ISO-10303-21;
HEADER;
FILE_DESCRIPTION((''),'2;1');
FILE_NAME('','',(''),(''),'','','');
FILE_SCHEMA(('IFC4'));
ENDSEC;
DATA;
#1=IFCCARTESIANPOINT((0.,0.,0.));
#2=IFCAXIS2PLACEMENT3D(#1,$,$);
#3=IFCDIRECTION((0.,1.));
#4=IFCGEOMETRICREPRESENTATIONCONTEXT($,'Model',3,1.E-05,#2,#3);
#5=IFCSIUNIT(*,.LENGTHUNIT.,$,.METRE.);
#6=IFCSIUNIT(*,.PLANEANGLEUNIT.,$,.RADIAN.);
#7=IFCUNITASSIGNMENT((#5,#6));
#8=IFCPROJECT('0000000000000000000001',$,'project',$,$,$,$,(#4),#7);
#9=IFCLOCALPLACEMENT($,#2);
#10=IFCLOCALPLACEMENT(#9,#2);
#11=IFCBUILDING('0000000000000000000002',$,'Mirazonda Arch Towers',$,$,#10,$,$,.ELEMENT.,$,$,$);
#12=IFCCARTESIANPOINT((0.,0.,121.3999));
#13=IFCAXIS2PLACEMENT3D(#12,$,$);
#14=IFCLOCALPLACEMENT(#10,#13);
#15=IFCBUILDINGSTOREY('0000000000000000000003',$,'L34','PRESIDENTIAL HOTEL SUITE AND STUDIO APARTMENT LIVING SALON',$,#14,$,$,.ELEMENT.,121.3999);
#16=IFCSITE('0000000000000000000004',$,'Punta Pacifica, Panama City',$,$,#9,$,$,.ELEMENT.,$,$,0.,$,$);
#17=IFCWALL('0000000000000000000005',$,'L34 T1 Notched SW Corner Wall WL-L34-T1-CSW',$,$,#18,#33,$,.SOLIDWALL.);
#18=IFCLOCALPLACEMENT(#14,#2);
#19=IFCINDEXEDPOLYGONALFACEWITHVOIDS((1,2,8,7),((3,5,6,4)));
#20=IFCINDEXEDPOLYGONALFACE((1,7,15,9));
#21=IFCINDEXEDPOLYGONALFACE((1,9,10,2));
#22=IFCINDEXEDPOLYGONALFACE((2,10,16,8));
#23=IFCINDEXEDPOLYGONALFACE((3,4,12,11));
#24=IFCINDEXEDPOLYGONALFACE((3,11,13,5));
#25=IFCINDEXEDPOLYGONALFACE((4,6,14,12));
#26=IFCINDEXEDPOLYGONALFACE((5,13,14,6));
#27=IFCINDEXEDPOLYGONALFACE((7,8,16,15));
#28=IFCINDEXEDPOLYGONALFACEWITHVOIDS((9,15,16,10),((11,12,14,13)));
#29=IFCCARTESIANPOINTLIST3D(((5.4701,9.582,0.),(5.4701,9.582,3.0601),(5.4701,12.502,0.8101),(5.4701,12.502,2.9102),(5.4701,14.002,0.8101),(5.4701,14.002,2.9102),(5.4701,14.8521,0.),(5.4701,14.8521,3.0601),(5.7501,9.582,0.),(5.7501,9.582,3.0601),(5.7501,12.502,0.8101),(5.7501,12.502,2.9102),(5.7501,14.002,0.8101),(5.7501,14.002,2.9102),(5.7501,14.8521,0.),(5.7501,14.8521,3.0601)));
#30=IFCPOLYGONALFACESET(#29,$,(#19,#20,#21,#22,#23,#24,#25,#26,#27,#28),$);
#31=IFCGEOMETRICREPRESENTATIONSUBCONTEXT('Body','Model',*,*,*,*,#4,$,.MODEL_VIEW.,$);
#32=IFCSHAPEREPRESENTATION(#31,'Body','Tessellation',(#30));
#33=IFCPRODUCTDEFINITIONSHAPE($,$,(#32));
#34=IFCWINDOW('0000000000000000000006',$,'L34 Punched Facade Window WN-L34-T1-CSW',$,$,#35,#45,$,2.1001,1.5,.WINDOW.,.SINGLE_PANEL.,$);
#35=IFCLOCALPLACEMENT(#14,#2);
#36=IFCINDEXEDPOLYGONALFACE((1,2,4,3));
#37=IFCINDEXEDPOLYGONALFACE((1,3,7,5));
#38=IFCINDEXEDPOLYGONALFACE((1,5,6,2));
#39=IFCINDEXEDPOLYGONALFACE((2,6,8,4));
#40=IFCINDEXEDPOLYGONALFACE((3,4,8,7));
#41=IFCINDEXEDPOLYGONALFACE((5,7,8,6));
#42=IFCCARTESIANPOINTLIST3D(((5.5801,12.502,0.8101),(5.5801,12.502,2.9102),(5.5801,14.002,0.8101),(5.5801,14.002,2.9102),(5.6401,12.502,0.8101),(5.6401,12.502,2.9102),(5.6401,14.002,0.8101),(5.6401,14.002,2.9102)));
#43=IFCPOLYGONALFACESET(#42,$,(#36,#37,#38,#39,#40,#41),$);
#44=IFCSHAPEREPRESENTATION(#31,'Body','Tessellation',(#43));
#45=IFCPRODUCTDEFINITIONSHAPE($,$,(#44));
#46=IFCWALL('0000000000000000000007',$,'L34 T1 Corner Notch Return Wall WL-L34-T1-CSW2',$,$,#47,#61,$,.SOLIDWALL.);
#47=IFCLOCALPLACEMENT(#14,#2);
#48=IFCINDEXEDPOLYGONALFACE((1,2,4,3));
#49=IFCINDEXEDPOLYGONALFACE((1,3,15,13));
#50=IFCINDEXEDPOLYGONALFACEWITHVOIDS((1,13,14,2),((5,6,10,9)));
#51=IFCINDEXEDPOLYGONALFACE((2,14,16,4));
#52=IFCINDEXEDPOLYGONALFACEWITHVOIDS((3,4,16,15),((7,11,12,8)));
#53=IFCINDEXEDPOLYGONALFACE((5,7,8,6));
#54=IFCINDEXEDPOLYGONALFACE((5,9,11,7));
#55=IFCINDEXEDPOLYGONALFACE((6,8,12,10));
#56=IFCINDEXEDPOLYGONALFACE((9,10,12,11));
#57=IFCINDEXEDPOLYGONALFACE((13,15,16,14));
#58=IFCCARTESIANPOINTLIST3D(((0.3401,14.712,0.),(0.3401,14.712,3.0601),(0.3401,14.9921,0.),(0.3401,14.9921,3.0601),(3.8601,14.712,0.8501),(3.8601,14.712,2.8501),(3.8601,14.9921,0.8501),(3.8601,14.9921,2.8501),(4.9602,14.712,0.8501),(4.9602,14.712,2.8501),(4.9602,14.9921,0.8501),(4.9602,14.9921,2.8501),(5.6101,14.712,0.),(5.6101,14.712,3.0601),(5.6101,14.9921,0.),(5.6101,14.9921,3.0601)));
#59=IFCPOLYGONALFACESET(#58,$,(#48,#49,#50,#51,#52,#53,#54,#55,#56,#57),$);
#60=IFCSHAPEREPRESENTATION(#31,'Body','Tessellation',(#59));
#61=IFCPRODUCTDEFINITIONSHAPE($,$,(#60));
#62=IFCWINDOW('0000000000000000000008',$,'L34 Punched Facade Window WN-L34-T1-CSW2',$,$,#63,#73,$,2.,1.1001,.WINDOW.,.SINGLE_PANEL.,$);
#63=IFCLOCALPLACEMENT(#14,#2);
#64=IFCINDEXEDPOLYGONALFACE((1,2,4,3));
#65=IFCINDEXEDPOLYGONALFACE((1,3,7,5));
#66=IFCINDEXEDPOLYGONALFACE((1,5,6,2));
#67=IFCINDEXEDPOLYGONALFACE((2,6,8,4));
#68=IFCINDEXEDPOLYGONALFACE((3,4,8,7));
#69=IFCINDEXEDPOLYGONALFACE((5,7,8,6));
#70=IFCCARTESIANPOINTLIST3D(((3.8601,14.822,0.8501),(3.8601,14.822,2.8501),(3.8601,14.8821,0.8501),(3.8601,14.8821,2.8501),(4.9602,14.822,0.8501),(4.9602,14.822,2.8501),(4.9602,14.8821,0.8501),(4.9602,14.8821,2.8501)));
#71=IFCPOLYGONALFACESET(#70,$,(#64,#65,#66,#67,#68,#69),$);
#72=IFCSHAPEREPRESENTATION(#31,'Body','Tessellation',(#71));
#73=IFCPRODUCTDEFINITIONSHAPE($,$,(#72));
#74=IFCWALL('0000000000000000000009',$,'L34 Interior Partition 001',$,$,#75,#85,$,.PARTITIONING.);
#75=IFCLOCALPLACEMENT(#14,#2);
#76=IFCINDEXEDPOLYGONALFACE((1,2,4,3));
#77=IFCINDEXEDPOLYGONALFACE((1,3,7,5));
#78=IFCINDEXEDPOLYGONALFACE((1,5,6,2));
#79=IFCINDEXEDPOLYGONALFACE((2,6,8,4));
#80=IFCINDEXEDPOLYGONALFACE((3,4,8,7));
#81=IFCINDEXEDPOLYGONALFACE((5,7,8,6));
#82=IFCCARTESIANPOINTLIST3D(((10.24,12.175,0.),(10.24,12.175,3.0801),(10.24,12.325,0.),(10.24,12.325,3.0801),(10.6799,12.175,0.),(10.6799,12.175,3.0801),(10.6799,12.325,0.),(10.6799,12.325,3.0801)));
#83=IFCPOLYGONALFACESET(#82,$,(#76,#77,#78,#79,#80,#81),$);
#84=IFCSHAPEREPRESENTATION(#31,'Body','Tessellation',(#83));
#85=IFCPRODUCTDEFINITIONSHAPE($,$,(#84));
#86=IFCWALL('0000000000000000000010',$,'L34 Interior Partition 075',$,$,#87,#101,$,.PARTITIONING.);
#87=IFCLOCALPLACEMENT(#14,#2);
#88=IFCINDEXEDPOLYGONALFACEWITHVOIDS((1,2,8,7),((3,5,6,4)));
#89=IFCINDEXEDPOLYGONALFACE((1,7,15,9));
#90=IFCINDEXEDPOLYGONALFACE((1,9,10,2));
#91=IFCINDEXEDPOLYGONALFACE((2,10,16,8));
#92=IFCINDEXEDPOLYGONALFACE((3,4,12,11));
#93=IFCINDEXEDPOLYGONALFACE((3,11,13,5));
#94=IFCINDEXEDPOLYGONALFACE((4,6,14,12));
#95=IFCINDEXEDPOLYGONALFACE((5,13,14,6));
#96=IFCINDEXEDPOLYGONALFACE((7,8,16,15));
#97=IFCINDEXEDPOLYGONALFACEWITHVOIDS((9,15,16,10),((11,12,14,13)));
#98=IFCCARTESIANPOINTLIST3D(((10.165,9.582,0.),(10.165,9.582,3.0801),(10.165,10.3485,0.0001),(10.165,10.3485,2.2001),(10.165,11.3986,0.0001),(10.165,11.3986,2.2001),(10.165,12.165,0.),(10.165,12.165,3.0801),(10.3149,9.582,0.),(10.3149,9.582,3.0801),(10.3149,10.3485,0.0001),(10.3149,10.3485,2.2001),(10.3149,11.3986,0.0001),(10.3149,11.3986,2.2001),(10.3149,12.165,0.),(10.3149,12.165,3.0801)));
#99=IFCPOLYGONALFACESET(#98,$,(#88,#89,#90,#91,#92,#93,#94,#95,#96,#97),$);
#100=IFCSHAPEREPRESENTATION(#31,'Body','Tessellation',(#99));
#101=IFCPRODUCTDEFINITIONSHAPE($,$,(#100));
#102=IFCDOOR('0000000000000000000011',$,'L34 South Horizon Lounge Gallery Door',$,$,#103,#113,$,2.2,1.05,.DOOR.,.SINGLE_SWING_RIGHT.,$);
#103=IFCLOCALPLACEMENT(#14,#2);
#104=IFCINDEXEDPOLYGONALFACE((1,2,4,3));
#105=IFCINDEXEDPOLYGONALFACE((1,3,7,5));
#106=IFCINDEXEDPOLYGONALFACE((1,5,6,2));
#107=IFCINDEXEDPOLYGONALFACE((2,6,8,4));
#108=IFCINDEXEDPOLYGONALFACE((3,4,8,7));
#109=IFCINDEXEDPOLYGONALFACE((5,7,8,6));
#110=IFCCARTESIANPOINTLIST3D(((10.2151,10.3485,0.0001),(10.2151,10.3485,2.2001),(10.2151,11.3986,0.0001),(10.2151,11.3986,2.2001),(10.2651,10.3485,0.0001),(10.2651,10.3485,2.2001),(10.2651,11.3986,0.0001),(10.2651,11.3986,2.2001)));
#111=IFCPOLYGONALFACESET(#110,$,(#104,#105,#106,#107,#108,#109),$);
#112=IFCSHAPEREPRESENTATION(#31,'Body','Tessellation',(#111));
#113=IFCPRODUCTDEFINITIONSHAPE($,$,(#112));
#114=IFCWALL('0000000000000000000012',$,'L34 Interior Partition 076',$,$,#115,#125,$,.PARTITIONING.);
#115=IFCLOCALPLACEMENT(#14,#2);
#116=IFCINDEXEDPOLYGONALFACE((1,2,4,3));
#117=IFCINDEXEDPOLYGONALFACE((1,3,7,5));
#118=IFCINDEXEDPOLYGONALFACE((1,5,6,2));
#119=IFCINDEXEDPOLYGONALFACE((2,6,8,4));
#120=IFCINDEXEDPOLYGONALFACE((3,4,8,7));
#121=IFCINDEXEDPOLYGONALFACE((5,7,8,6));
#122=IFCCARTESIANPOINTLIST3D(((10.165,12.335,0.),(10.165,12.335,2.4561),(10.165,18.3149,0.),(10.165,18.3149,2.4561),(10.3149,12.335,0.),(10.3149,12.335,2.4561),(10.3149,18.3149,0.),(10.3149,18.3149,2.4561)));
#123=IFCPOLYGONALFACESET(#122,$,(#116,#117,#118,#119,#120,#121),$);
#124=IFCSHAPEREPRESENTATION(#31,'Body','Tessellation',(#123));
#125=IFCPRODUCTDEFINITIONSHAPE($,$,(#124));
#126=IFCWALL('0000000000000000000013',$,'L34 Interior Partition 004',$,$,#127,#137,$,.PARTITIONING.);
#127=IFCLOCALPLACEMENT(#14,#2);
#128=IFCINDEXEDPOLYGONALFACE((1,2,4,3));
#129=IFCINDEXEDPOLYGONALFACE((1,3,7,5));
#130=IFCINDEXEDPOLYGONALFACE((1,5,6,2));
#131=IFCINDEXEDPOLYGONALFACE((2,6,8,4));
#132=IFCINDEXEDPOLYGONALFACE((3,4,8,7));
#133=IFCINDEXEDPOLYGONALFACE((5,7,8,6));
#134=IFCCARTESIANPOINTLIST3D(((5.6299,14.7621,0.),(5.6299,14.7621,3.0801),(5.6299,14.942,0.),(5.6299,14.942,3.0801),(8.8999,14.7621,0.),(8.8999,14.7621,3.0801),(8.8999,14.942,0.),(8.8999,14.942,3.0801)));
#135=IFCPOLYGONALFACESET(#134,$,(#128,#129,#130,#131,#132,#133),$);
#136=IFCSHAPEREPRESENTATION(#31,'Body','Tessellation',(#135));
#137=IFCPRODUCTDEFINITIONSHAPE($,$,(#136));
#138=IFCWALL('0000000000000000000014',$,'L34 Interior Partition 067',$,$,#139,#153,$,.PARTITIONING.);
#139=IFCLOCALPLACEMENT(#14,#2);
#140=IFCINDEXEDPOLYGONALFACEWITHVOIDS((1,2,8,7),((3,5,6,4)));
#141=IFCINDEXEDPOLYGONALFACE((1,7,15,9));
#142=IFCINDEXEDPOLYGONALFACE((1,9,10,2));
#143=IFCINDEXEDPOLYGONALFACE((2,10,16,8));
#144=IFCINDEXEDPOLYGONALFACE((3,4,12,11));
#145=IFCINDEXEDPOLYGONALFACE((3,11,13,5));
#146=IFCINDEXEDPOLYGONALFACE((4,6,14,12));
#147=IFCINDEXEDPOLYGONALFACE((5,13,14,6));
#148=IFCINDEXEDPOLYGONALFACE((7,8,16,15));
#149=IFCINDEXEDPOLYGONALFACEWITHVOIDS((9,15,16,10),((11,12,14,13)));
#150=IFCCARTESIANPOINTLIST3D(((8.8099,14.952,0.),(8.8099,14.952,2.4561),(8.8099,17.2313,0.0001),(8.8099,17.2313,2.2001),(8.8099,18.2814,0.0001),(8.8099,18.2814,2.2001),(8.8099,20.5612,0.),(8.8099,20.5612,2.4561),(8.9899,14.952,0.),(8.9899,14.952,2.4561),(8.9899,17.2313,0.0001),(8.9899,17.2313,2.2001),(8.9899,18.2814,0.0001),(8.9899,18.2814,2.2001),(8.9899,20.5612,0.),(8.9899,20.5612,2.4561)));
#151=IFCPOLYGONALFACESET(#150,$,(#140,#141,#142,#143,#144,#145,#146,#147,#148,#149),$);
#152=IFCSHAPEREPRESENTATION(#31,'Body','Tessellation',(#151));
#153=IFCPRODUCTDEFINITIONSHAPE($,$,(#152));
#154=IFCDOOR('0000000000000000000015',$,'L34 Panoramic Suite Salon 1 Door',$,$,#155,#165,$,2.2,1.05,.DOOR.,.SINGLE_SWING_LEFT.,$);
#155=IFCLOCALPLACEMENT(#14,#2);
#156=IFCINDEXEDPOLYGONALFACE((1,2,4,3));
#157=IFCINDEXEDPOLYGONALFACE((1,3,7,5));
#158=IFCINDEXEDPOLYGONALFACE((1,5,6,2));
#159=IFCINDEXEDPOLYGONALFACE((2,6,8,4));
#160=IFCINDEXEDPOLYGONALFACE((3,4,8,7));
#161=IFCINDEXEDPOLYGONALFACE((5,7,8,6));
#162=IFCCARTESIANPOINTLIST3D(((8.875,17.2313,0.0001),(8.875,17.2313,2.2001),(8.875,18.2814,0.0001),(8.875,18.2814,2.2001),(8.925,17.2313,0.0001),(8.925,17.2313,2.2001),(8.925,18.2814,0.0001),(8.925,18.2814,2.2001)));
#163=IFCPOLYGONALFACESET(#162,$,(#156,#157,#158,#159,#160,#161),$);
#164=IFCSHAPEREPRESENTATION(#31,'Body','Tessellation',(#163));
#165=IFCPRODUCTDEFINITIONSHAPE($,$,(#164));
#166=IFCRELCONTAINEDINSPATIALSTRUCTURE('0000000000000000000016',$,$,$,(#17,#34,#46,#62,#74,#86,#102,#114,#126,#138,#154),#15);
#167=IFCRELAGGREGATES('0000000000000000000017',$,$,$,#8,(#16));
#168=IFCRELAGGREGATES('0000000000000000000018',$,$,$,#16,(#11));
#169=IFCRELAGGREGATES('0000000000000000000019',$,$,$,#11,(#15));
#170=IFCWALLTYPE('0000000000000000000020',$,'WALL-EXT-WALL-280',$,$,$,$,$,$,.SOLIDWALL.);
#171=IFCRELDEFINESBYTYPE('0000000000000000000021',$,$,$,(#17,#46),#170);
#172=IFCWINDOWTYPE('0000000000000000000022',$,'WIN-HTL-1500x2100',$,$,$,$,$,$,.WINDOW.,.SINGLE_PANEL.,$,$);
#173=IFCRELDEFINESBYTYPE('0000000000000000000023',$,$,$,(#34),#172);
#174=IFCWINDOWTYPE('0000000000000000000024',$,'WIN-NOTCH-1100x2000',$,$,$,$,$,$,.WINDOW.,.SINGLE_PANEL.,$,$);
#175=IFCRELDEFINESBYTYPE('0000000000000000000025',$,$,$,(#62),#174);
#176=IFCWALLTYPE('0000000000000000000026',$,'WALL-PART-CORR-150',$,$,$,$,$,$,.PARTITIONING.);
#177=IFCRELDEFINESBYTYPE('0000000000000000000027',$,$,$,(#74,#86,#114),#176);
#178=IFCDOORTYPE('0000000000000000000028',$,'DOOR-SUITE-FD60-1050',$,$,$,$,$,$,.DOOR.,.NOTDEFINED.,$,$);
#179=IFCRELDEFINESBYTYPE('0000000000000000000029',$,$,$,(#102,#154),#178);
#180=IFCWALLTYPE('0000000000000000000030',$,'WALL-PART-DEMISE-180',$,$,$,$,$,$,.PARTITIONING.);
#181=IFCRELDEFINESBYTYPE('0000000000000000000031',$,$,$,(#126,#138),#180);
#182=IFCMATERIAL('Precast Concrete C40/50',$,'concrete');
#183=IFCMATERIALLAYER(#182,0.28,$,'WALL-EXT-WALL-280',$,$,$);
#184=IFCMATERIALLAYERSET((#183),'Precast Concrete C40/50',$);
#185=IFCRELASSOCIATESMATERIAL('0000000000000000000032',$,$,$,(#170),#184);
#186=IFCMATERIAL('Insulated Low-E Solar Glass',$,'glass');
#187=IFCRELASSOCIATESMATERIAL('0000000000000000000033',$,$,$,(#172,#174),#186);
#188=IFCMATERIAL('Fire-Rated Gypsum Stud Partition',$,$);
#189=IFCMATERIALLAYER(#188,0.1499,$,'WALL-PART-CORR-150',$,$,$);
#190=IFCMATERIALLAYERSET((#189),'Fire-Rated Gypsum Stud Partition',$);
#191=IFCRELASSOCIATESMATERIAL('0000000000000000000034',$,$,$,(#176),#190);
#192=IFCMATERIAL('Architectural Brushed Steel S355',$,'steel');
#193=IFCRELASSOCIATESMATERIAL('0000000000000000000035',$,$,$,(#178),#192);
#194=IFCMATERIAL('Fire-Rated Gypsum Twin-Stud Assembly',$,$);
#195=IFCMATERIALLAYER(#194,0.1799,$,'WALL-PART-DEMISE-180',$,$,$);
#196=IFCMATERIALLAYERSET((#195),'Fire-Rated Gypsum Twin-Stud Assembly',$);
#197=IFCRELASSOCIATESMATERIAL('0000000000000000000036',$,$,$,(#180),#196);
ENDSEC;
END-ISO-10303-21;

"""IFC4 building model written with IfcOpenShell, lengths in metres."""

from ifc_helpers import new_model, si_unit, direction, frame, frame_2d, origin, place, context, subcontext, project, spatial, rectangle, extrude, material, layer, layer_set, type_object, element, fill, save


model = new_model("IFC4")

# Units and contexts
model_context = context("Model", 3, precision=1e-05, world=origin(), true_north=direction((0.0, 1.0)))
body_context = subcontext(model_context, "Body", "Model", "MODEL_VIEW")
ifc_project = project(units=[si_unit("LENGTHUNIT", "METRE"), si_unit("PLANEANGLEUNIT", "RADIAN")], contexts=[model_context])

# Site, building, storey
site_placement = place(None, origin())
site = spatial("IfcSite", under=ifc_project, at=site_placement, Name="Punta Pacifica, Panama City", CompositionType="ELEMENT", RefElevation=0.0)
building_placement = place(site_placement, origin())
building = spatial("IfcBuilding", under=site, at=building_placement, Name="Mirazonda Arch Towers", CompositionType="ELEMENT")
storey_placement = place(building_placement, frame((0.0, 0.0, 121.3999)))
storey = spatial("IfcBuildingStorey", under=building, at=storey_placement, Name="L34", Description="PRESIDENTIAL HOTEL SUITE AND STUDIO APARTMENT LIVING SALON", CompositionType="ELEMENT", Elevation=121.3999)

# Shared definitions
ifc_material_1 = material(Name="Insulated Low-E Solar Glass", Category="glass")

# Walls, openings, windows
ifc_material_2 = material(Name="Precast Concrete C40/50", Category="concrete")
ifc_layer_1 = layer(ifc_material_2, 0.28, Name="WALL-EXT-WALL-280")
ifc_layer_set_1 = layer_set([ifc_layer_1], Name="Precast Concrete C40/50")
wall_type_1 = type_object("IfcWallType", Name="WALL-EXT-WALL-280", PredefinedType="SOLIDWALL", material=ifc_layer_set_1)
wall_1_placement = place(storey_placement, frame((5.6101, 14.8521, 0.0), z_axis=(0.0, 0.0, 1.0), x_axis=(0.0, -1.0, 0.0)))
wall_1 = element("IfcWall", 1, at=wall_1_placement, inside=storey, type_object=wall_type_1, Name="L34 T1 Notched SW Corner Wall WL-L34-T1-CSW", PredefinedType="SOLIDWALL", context=body_context, shape_type="SweptSolid", body=[
    extrude(rectangle(XDim=5.27, YDim=0.28, at=frame_2d((2.635, 0.0))), origin(), (0.0, 0.0, 1.0), 3.0601),
])
opening_1_placement = place(wall_1_placement, frame((0.8501, 0.0, 0.8101)))
opening_1 = element("IfcOpeningElement", 2, at=opening_1_placement, cuts=wall_1, PredefinedType="OPENING", context=body_context, shape_type="SweptSolid", body=[
    extrude(rectangle(XDim=1.5, YDim=2.1001, at=frame_2d((0.75, 1.05))), frame((0.0, 0.1499, 0.0), z_axis=(0.0, -1.0, 0.0), x_axis=(1.0, 0.0, 0.0)), (0.0, 0.0, 1.0), 0.3),
])
window_type_1 = type_object("IfcWindowType", Name="WIN-HTL-1500x2100", PartitioningType="SINGLE_PANEL", PredefinedType="WINDOW", material=ifc_material_1)
window_1_placement = place(opening_1_placement, origin())
window_1 = element("IfcWindow", 3, at=window_1_placement, inside=storey, type_object=window_type_1, Name="L34 Punched Facade Window WN-L34-T1-CSW", OverallHeight=2.1001, OverallWidth=1.5, PartitioningType="SINGLE_PANEL", PredefinedType="WINDOW", context=body_context, shape_type="SweptSolid", body=[
    extrude(rectangle(XDim=1.5, YDim=2.1001, at=frame_2d((0.75, 1.05))), frame((0.0, 0.03, 0.0), z_axis=(0.0, -1.0, 0.0), x_axis=(1.0, 0.0, 0.0)), (0.0, 0.0, 1.0), 0.0601),
])
fill(opening_1, window_1)
wall_2_placement = place(storey_placement, frame((0.3401, 14.8521, 0.0), z_axis=(0.0, 0.0, 1.0), x_axis=(1.0, 0.0, 0.0)))
wall_2 = element("IfcWall", 4, at=wall_2_placement, inside=storey, type_object=wall_type_1, Name="L34 T1 Corner Notch Return Wall WL-L34-T1-CSW2", PredefinedType="SOLIDWALL", context=body_context, shape_type="SweptSolid", body=[
    extrude(rectangle(XDim=5.27, YDim=0.28, at=frame_2d((2.635, 0.0))), origin(), (0.0, 0.0, 1.0), 3.0601),
])
opening_2_placement = place(wall_2_placement, frame((3.52, 0.0, 0.8501)))
opening_2 = element("IfcOpeningElement", 5, at=opening_2_placement, cuts=wall_2, PredefinedType="OPENING", context=body_context, shape_type="SweptSolid", body=[
    extrude(rectangle(XDim=1.1001, YDim=2.0, at=frame_2d((0.55, 1.0))), frame((0.0, 0.1499, 0.0), z_axis=(0.0, -1.0, 0.0), x_axis=(1.0, 0.0, 0.0)), (0.0, 0.0, 1.0), 0.3),
])
window_type_2 = type_object("IfcWindowType", Name="WIN-NOTCH-1100x2000", PartitioningType="SINGLE_PANEL", PredefinedType="WINDOW", material=ifc_material_1)
window_2_placement = place(opening_2_placement, origin())
window_2 = element("IfcWindow", 6, at=window_2_placement, inside=storey, type_object=window_type_2, Name="L34 Punched Facade Window WN-L34-T1-CSW2", OverallHeight=2.0, OverallWidth=1.1001, PartitioningType="SINGLE_PANEL", PredefinedType="WINDOW", context=body_context, shape_type="SweptSolid", body=[
    extrude(rectangle(XDim=1.1001, YDim=2.0, at=frame_2d((0.55, 1.0))), frame((0.0, 0.03, 0.0), z_axis=(0.0, -1.0, 0.0), x_axis=(1.0, 0.0, 0.0)), (0.0, 0.0, 1.0), 0.0601),
])
fill(opening_2, window_2)

# Wall
ifc_material_3 = material(Name="Fire-Rated Gypsum Stud Partition")
ifc_layer_2 = layer(ifc_material_3, 0.1499, Name="WALL-PART-CORR-150")
ifc_layer_set_2 = layer_set([ifc_layer_2], Name="Fire-Rated Gypsum Stud Partition")
wall_type_2 = type_object("IfcWallType", Name="WALL-PART-CORR-150", PredefinedType="PARTITIONING", material=ifc_layer_set_2)
wall_3_placement = place(storey_placement, frame((10.24, 12.25, 0.0), z_axis=(0.0, 0.0, 1.0), x_axis=(1.0, 0.0, 0.0)))
element("IfcWall", 7, at=wall_3_placement, inside=storey, type_object=wall_type_2, Name="L34 Interior Partition 001", PredefinedType="PARTITIONING", context=body_context, shape_type="SweptSolid", body=[
    extrude(rectangle(XDim=0.4399, YDim=0.1499, at=frame_2d((0.22, 0.0))), origin(), (0.0, 0.0, 1.0), 3.0801),
])

# Wall, opening, door
wall_4_placement = place(storey_placement, frame((10.24, 9.582, 0.0), z_axis=(0.0, 0.0, 1.0), x_axis=(0.0, 1.0, 0.0)))
wall_4 = element("IfcWall", 8, at=wall_4_placement, inside=storey, type_object=wall_type_2, Name="L34 Interior Partition 075", PredefinedType="PARTITIONING", context=body_context, shape_type="SweptSolid", body=[
    extrude(rectangle(XDim=2.583, YDim=0.1499, at=frame_2d((1.2915, 0.0))), origin(), (0.0, 0.0, 1.0), 3.0801),
])
opening_3_placement = place(wall_4_placement, frame((0.7666, 0.0, 0.0)))
opening_3 = element("IfcOpeningElement", 9, at=opening_3_placement, cuts=wall_4, PredefinedType="OPENING", context=body_context, shape_type="SweptSolid", body=[
    extrude(rectangle(XDim=1.05, YDim=2.2, at=frame_2d((0.5249, 1.1001))), frame((0.0, 0.085, 0.0), z_axis=(0.0, -1.0, 0.0), x_axis=(1.0, 0.0, 0.0)), (0.0, 0.0, 1.0), 0.1699),
])
ifc_material_4 = material(Name="Architectural Brushed Steel S355", Category="steel")
door_type_1 = type_object("IfcDoorType", Name="DOOR-SUITE-FD60-1050", OperationType="NOTDEFINED", PredefinedType="DOOR", material=ifc_material_4)
door_1_placement = place(opening_3_placement, origin())
door_1 = element("IfcDoor", 10, at=door_1_placement, inside=storey, type_object=door_type_1, Name="L34 South Horizon Lounge Gallery Door", OperationType="SINGLE_SWING_RIGHT", OverallHeight=2.2, OverallWidth=1.05, PredefinedType="DOOR", context=body_context, shape_type="SweptSolid", body=[
    extrude(rectangle(XDim=1.05, YDim=2.2, at=frame_2d((0.5249, 1.1001))), frame((0.0, 0.0249, 0.0), z_axis=(0.0, -1.0, 0.0), x_axis=(1.0, 0.0, 0.0)), (0.0, 0.0, 1.0), 0.05),
])
fill(opening_3, door_1)

# Walls
wall_5_placement = place(storey_placement, frame((10.24, 12.335, 0.0), z_axis=(0.0, 0.0, 1.0), x_axis=(0.0, 1.0, 0.0)))
element("IfcWall", 11, at=wall_5_placement, inside=storey, type_object=wall_type_2, Name="L34 Interior Partition 076", PredefinedType="PARTITIONING", context=body_context, shape_type="SweptSolid", body=[
    extrude(rectangle(XDim=5.98, YDim=0.1499, at=frame_2d((2.99, 0.0))), origin(), (0.0, 0.0, 1.0), 2.4561),
])
ifc_material_5 = material(Name="Fire-Rated Gypsum Twin-Stud Assembly")
ifc_layer_3 = layer(ifc_material_5, 0.1799, Name="WALL-PART-DEMISE-180")
ifc_layer_set_3 = layer_set([ifc_layer_3], Name="Fire-Rated Gypsum Twin-Stud Assembly")
wall_type_3 = type_object("IfcWallType", Name="WALL-PART-DEMISE-180", PredefinedType="PARTITIONING", material=ifc_layer_set_3)
wall_6_placement = place(storey_placement, frame((5.6299, 14.8521, 0.0), z_axis=(0.0, 0.0, 1.0), x_axis=(1.0, 0.0, 0.0)))
element("IfcWall", 12, at=wall_6_placement, inside=storey, type_object=wall_type_3, Name="L34 Interior Partition 004", PredefinedType="PARTITIONING", context=body_context, shape_type="SweptSolid", body=[
    extrude(rectangle(XDim=3.27, YDim=0.1799, at=frame_2d((1.635, 0.0))), origin(), (0.0, 0.0, 1.0), 3.0801),
])

# Wall, opening, door
wall_7_placement = place(storey_placement, frame((8.8999, 14.9519, 0.0), z_axis=(0.0, 0.0, 1.0), x_axis=(0.0, 1.0, 0.0)))
wall_7 = element("IfcWall", 13, at=wall_7_placement, inside=storey, type_object=wall_type_3, Name="L34 Interior Partition 067", PredefinedType="PARTITIONING", context=body_context, shape_type="SweptSolid", body=[
    extrude(rectangle(XDim=5.6091, YDim=0.1799, at=frame_2d((2.8047, 0.0))), origin(), (0.0, 0.0, 1.0), 2.4561),
])
opening_4_placement = place(wall_7_placement, frame((2.2795, 0.0, 0.0)))
opening_4 = element("IfcOpeningElement", 14, at=opening_4_placement, cuts=wall_7, PredefinedType="OPENING", context=body_context, shape_type="SweptSolid", body=[
    extrude(rectangle(XDim=1.05, YDim=2.2, at=frame_2d((0.5249, 1.1001))), frame((0.0, 0.0999, 0.0), z_axis=(0.0, -1.0, 0.0), x_axis=(1.0, 0.0, 0.0)), (0.0, 0.0, 1.0), 0.2),
])
door_2_placement = place(opening_4_placement, origin())
door_2 = element("IfcDoor", 15, at=door_2_placement, inside=storey, type_object=door_type_1, Name="L34 Panoramic Suite Salon 1 Door", OperationType="SINGLE_SWING_LEFT", OverallHeight=2.2, OverallWidth=1.05, PredefinedType="DOOR", context=body_context, shape_type="SweptSolid", body=[
    extrude(rectangle(XDim=1.05, YDim=2.2, at=frame_2d((0.5249, 1.1001))), frame((0.0, 0.0249, 0.0), z_axis=(0.0, -1.0, 0.0), x_axis=(1.0, 0.0, 0.0)), (0.0, 0.0, 1.0), 0.05),
])
fill(opening_4, door_2)

save(model, "model.ifc")
